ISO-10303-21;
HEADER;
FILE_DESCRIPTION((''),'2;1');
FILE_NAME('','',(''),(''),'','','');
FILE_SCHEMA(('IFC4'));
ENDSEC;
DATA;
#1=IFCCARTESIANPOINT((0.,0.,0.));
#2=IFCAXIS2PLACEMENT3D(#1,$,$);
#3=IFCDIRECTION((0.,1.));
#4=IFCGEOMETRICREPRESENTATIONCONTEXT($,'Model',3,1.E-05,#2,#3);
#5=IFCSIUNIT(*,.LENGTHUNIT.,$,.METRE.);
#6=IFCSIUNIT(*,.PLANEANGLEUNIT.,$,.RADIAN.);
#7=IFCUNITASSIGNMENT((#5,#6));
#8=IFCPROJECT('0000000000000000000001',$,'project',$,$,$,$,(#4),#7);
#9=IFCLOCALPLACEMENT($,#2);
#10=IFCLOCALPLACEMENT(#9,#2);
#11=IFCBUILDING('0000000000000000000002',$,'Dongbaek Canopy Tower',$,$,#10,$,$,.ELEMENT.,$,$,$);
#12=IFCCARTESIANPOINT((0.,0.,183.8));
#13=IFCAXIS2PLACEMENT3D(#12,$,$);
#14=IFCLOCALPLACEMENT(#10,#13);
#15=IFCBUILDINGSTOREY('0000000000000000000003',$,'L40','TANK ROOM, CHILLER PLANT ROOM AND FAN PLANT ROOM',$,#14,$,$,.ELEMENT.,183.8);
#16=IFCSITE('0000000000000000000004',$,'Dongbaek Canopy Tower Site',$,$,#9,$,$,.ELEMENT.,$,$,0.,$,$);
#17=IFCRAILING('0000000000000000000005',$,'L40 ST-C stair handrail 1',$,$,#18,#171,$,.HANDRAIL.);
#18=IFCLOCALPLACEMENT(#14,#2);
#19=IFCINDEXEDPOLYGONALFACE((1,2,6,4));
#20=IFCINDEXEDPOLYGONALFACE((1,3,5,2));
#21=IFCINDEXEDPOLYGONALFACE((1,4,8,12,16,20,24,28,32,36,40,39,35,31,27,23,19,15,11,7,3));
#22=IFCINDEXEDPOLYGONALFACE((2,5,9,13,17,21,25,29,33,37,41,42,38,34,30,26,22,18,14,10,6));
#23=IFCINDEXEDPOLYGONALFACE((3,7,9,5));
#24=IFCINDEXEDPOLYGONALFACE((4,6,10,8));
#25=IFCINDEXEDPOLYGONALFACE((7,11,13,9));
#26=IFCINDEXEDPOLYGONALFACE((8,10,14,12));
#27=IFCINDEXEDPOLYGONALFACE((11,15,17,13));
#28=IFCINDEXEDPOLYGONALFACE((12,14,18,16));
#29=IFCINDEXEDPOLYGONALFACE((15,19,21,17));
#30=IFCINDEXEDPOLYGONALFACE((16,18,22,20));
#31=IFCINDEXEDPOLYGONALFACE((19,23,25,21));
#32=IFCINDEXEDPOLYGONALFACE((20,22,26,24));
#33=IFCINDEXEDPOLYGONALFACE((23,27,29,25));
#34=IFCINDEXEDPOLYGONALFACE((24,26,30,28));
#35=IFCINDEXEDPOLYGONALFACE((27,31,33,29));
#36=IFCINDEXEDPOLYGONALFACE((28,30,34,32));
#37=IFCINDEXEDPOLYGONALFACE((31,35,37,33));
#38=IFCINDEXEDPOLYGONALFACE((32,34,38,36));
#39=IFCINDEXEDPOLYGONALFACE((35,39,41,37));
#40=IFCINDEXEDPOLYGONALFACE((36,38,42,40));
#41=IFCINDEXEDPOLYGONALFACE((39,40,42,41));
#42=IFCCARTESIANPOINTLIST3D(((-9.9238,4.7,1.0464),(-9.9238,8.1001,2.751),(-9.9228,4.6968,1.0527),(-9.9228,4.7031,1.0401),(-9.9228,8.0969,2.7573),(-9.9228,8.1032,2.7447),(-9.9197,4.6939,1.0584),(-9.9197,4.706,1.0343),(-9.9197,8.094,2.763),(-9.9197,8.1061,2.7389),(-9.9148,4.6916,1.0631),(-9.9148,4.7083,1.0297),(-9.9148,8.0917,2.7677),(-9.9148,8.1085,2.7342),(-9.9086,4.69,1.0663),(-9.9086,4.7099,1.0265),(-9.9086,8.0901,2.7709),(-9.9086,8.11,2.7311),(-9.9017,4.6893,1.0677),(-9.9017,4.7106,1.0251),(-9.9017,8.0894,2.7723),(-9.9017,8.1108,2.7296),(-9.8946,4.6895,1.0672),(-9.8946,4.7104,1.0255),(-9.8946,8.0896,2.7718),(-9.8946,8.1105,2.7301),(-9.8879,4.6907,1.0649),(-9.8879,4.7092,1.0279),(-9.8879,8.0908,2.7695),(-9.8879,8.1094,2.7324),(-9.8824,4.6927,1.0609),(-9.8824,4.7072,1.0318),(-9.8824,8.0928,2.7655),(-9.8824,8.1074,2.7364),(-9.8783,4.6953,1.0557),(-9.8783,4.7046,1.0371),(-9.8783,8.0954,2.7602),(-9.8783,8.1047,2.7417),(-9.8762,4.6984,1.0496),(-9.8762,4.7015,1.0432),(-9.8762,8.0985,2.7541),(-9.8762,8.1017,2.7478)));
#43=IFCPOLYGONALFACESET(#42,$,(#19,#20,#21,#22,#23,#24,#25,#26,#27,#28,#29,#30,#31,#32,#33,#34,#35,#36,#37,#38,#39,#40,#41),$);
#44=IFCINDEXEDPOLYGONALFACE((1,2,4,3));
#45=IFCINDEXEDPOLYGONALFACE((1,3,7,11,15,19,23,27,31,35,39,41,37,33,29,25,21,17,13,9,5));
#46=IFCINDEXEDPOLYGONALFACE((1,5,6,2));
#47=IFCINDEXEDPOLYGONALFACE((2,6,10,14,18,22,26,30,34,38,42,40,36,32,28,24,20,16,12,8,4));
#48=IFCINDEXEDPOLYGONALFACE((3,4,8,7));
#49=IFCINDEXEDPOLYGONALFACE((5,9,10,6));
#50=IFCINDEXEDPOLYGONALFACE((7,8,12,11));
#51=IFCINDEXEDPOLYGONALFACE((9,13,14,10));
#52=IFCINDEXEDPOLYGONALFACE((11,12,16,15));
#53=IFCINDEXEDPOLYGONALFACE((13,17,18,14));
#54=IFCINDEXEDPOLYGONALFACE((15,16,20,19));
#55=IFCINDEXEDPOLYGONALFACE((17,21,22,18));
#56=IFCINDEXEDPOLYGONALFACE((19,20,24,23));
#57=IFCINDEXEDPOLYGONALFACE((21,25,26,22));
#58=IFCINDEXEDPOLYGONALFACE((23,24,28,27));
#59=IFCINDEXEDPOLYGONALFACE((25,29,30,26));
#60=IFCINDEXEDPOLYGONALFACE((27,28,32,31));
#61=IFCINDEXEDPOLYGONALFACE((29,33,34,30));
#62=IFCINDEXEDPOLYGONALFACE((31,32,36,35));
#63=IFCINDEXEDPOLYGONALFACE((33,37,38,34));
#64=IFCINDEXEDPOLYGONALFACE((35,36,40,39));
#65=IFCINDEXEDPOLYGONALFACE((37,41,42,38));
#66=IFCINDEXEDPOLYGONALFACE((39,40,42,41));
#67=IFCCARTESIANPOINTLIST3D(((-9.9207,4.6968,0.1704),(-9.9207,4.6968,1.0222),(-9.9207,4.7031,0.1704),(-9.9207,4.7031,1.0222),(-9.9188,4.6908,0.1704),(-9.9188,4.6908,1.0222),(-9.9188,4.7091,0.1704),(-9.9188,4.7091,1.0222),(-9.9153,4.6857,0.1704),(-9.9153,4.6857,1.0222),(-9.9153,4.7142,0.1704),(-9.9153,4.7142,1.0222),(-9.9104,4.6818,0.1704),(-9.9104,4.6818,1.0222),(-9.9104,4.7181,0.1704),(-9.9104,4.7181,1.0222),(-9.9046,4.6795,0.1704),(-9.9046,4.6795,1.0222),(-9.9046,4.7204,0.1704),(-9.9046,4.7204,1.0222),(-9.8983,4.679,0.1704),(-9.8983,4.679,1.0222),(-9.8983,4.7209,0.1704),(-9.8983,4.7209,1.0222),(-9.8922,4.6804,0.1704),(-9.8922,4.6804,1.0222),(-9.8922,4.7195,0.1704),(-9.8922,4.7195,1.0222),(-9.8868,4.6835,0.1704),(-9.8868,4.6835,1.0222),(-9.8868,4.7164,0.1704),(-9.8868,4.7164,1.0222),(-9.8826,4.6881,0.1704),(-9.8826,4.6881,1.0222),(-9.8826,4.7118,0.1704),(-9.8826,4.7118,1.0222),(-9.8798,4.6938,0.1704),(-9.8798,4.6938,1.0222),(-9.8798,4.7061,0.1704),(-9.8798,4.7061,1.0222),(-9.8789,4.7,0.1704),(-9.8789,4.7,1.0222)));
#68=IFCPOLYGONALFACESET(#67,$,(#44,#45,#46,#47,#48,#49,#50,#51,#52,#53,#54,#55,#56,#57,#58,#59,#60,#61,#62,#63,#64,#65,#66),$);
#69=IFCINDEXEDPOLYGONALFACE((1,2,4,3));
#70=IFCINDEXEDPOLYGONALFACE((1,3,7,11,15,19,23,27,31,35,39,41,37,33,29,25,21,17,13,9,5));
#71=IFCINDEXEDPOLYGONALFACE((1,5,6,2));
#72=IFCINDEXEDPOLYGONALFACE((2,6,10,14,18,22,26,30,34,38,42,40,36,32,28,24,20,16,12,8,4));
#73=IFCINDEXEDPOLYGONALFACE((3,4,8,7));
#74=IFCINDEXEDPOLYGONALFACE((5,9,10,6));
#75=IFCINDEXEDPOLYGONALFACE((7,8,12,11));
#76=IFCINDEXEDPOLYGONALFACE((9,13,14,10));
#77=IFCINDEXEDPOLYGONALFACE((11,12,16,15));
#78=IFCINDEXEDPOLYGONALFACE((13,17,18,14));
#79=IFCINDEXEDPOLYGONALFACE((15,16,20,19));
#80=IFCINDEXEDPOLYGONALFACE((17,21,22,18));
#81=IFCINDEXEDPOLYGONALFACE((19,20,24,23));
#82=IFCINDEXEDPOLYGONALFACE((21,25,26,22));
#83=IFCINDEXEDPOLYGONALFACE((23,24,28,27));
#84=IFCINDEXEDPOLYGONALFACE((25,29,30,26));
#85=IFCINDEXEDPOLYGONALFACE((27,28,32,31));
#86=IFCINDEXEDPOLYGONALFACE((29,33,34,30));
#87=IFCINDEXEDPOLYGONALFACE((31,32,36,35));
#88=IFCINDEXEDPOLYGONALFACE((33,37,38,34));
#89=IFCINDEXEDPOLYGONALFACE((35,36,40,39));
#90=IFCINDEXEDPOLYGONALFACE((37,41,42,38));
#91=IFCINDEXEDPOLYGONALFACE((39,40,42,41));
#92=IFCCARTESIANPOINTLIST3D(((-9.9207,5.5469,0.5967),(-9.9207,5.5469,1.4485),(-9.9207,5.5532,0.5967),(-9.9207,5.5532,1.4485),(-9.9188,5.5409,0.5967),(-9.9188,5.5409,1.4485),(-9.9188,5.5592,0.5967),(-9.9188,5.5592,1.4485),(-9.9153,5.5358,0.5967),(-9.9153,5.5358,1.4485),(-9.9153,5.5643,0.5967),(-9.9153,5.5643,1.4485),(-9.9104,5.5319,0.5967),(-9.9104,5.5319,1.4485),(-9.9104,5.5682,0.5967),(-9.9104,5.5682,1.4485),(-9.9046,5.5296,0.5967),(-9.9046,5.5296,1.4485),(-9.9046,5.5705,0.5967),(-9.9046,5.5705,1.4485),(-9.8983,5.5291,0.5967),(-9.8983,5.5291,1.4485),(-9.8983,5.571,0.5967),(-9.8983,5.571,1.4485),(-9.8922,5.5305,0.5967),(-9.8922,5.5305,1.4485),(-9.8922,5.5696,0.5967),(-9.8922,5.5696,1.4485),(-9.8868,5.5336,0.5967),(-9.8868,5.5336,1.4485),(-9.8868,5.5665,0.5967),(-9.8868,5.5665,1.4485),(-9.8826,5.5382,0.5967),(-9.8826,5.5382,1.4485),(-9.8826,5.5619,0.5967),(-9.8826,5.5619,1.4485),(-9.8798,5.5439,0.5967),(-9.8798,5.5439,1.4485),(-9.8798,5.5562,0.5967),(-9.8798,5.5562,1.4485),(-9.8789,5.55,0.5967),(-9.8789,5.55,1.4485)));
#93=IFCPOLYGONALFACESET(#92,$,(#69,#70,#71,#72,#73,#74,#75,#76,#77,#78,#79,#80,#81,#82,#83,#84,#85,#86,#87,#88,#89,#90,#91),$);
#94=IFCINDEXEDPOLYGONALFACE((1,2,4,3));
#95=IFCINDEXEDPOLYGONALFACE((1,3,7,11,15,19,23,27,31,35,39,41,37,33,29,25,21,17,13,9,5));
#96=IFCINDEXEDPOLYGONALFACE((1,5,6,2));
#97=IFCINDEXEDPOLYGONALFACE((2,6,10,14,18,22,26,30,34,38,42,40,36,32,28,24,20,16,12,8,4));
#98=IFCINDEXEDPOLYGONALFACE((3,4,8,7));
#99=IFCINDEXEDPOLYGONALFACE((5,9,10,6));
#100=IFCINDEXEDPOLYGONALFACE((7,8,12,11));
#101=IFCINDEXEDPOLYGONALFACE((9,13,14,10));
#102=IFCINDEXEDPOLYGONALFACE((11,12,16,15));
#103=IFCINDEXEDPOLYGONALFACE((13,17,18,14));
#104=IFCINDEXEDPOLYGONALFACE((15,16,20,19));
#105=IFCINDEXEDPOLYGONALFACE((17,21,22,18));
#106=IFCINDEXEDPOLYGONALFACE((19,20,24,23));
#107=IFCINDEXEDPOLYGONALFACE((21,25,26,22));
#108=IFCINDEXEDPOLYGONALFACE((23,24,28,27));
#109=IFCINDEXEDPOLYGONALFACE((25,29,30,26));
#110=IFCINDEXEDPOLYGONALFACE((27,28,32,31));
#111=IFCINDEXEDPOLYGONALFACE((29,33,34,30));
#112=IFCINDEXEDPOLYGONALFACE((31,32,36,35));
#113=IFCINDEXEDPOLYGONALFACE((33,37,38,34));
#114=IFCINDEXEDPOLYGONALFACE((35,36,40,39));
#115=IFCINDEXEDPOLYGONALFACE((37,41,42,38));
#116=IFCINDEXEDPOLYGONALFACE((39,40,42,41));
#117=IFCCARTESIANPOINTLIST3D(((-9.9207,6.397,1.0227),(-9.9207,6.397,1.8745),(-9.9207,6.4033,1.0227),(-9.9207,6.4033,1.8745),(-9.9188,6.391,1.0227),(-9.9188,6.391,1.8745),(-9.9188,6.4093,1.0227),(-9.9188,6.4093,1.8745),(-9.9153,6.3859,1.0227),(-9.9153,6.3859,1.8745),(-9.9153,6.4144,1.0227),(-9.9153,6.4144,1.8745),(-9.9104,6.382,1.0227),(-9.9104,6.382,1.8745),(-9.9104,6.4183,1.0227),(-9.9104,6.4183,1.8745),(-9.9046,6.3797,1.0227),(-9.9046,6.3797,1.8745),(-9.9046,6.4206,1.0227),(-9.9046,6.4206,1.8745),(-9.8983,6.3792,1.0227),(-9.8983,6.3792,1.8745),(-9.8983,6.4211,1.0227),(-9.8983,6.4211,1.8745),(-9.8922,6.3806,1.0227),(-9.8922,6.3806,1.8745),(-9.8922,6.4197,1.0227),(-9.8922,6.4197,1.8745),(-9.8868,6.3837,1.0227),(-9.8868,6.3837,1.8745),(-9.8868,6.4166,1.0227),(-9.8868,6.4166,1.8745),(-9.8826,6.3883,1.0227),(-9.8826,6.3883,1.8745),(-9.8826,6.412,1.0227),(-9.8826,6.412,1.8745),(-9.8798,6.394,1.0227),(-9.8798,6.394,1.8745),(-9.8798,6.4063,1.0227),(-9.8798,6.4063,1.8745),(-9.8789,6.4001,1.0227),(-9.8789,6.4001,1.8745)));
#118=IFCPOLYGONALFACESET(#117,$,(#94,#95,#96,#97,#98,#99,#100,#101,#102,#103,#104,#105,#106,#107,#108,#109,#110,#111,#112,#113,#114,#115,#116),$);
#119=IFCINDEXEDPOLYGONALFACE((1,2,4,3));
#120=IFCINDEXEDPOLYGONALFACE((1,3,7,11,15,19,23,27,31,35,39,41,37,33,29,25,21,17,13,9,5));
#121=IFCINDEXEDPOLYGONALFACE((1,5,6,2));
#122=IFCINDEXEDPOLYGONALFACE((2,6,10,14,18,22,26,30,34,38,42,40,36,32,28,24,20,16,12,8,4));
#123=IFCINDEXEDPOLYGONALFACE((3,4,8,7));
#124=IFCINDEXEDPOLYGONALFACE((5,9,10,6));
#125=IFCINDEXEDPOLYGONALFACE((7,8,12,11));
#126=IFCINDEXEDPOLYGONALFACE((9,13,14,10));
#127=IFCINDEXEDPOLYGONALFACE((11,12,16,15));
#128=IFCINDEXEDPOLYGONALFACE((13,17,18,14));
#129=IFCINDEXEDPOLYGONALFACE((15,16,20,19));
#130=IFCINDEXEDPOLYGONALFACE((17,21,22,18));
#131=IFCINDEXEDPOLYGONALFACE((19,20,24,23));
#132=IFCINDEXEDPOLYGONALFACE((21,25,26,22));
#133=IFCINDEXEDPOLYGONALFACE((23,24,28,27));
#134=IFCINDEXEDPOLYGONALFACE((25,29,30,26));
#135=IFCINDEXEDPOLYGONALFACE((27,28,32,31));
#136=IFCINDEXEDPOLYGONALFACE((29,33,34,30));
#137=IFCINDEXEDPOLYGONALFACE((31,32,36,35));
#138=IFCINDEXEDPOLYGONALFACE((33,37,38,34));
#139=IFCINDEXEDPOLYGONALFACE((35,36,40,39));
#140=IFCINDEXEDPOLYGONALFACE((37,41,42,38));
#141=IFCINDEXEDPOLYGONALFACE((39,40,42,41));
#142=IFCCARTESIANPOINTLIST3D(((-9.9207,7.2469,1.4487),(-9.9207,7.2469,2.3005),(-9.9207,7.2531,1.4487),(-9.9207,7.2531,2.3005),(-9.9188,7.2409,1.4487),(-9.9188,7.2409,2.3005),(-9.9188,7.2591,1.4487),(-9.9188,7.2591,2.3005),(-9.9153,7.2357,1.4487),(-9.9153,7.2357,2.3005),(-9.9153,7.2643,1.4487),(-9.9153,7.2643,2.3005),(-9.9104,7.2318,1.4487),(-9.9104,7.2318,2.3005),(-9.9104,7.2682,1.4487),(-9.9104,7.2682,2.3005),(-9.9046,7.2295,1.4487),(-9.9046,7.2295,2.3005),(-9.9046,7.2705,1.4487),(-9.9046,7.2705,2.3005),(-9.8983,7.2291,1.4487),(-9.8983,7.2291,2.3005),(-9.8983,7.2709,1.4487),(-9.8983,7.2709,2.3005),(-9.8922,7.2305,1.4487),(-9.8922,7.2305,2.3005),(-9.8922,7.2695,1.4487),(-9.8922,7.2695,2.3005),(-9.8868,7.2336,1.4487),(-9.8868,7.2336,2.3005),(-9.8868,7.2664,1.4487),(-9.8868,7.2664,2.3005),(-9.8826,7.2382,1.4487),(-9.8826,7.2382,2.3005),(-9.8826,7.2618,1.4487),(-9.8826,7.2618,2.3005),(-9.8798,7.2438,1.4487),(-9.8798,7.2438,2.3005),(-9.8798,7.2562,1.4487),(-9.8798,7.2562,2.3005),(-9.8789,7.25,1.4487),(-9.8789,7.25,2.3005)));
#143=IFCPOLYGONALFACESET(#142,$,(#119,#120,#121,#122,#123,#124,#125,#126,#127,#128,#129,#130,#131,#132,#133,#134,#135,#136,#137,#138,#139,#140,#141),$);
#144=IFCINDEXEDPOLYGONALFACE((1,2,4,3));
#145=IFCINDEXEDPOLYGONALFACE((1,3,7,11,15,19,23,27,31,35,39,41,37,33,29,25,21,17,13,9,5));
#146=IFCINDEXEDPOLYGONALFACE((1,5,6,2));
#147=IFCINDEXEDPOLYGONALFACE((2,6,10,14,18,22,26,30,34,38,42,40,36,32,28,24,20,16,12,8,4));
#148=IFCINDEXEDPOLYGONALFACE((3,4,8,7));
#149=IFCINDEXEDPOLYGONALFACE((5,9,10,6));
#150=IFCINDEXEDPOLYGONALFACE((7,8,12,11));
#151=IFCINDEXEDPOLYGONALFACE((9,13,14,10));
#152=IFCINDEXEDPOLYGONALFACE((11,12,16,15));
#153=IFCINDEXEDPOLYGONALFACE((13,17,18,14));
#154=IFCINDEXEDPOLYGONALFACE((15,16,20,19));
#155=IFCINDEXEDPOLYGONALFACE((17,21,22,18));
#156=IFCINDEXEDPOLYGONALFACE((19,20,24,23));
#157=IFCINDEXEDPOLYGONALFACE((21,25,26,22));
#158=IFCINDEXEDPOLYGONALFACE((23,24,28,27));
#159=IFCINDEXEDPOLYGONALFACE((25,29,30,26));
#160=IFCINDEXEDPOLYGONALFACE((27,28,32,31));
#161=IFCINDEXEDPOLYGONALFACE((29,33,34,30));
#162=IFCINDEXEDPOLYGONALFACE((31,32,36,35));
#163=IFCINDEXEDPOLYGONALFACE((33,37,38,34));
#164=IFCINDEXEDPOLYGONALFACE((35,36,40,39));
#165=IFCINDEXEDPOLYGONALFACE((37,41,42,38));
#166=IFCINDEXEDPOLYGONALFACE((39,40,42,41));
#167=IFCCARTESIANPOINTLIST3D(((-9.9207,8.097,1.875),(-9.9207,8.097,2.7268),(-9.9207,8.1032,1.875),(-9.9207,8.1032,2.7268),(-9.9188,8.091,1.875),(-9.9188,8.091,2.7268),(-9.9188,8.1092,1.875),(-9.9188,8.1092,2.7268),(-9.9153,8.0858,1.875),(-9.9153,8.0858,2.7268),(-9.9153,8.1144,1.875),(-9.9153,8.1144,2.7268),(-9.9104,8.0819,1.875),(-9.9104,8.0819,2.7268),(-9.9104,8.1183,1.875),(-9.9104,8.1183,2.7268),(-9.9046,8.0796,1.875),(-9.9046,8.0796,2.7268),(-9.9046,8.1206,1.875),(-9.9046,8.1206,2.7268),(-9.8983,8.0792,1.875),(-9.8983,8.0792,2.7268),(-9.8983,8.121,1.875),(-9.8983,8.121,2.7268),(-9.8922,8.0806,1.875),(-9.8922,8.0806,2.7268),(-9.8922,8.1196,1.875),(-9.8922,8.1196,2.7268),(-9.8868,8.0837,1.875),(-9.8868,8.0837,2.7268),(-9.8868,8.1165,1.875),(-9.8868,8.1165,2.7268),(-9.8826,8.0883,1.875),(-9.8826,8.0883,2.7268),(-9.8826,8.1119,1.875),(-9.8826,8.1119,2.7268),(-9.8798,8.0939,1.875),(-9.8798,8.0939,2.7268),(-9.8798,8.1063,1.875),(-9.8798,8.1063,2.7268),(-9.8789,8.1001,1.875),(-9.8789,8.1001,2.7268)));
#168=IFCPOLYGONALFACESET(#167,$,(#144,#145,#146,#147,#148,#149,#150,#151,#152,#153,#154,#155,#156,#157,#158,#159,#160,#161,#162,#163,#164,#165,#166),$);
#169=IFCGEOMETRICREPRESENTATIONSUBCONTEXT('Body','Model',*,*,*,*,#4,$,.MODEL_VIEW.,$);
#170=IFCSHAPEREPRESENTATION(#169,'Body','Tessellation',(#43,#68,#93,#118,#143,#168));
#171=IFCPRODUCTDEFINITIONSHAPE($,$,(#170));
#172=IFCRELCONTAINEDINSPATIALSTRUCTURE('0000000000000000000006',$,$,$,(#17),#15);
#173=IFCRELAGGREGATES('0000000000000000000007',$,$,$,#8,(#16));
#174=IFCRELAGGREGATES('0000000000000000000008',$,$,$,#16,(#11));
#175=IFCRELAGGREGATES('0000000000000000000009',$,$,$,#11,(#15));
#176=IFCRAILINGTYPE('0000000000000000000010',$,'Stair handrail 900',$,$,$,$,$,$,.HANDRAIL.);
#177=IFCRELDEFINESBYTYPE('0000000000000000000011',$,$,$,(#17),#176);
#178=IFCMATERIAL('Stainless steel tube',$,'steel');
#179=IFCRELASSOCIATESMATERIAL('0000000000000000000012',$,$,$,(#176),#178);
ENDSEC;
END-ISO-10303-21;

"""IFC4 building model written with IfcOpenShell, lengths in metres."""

from ifc_helpers import new_model, si_unit, direction, frame, origin, origin_2d, place, context, subcontext, project, spatial, circle, extrude, material, type_object, element, save


model = new_model("IFC4")

# Units and contexts
model_context = context("Model", 3, precision=1e-05, world=origin(), true_north=direction((0.0, 1.0)))
body_context = subcontext(model_context, "Body", "Model", "MODEL_VIEW")
ifc_project = project(units=[si_unit("LENGTHUNIT", "METRE"), si_unit("PLANEANGLEUNIT", "RADIAN")], contexts=[model_context])

# Site, building, storey
site_placement = place(None, origin())
site = spatial("IfcSite", under=ifc_project, at=site_placement, Name="Dongbaek Canopy Tower Site", CompositionType="ELEMENT", RefElevation=0.0)
building_placement = place(site_placement, origin())
building = spatial("IfcBuilding", under=site, at=building_placement, Name="Dongbaek Canopy Tower", CompositionType="ELEMENT")
storey_placement = place(building_placement, frame((0.0, 0.0, 183.8)))
storey = spatial("IfcBuildingStorey", under=building, at=storey_placement, Name="L40", Description="TANK ROOM, CHILLER PLANT ROOM AND FAN PLANT ROOM", CompositionType="ELEMENT", Elevation=183.8)

# Railing
ifc_material_1 = material(Name="Stainless steel tube", Category="steel")
railing_type = type_object("IfcRailingType", Name="Stair handrail 900", PredefinedType="HANDRAIL", material=ifc_material_1)
for number, where, name in (
    (1, (-9.8999, 4.7, 0.1704), "L40 ST-C stair handrail 1"),
):
    element("IfcRailing", number, at=place(storey_placement, frame(where)), inside=storey, type_object=railing_type, Name=name, PredefinedType="HANDRAIL", context=body_context, shape_type="SweptSolid", body=[
        extrude(circle(Radius=0.0239, at=origin_2d()), frame((0.0, 0.0, 0.876), z_axis=(0.0, 0.893952, 0.448163), x_axis=(-1.0, 0.0, 0.0)), (0.0, 0.0, 1.0), 3.8035),
        extrude(circle(Radius=0.021, at=origin_2d()), origin(), (0.0, 0.0, 1.0), 0.8518),
        extrude(circle(Radius=0.021, at=origin_2d()), frame((0.0, 0.8501, 0.4263)), (0.0, 0.0, 1.0), 0.8518),
        extrude(circle(Radius=0.021, at=origin_2d()), frame((0.0, 1.7002, 0.8523)), (0.0, 0.0, 1.0), 0.8518),
        extrude(circle(Radius=0.021, at=origin_2d()), frame((0.0, 2.55, 1.2783)), (0.0, 0.0, 1.0), 0.8518),
        extrude(circle(Radius=0.021, at=origin_2d()), frame((0.0, 3.4001, 1.7046)), (0.0, 0.0, 1.0), 0.8518),
    ])

save(model, "model.ifc")
